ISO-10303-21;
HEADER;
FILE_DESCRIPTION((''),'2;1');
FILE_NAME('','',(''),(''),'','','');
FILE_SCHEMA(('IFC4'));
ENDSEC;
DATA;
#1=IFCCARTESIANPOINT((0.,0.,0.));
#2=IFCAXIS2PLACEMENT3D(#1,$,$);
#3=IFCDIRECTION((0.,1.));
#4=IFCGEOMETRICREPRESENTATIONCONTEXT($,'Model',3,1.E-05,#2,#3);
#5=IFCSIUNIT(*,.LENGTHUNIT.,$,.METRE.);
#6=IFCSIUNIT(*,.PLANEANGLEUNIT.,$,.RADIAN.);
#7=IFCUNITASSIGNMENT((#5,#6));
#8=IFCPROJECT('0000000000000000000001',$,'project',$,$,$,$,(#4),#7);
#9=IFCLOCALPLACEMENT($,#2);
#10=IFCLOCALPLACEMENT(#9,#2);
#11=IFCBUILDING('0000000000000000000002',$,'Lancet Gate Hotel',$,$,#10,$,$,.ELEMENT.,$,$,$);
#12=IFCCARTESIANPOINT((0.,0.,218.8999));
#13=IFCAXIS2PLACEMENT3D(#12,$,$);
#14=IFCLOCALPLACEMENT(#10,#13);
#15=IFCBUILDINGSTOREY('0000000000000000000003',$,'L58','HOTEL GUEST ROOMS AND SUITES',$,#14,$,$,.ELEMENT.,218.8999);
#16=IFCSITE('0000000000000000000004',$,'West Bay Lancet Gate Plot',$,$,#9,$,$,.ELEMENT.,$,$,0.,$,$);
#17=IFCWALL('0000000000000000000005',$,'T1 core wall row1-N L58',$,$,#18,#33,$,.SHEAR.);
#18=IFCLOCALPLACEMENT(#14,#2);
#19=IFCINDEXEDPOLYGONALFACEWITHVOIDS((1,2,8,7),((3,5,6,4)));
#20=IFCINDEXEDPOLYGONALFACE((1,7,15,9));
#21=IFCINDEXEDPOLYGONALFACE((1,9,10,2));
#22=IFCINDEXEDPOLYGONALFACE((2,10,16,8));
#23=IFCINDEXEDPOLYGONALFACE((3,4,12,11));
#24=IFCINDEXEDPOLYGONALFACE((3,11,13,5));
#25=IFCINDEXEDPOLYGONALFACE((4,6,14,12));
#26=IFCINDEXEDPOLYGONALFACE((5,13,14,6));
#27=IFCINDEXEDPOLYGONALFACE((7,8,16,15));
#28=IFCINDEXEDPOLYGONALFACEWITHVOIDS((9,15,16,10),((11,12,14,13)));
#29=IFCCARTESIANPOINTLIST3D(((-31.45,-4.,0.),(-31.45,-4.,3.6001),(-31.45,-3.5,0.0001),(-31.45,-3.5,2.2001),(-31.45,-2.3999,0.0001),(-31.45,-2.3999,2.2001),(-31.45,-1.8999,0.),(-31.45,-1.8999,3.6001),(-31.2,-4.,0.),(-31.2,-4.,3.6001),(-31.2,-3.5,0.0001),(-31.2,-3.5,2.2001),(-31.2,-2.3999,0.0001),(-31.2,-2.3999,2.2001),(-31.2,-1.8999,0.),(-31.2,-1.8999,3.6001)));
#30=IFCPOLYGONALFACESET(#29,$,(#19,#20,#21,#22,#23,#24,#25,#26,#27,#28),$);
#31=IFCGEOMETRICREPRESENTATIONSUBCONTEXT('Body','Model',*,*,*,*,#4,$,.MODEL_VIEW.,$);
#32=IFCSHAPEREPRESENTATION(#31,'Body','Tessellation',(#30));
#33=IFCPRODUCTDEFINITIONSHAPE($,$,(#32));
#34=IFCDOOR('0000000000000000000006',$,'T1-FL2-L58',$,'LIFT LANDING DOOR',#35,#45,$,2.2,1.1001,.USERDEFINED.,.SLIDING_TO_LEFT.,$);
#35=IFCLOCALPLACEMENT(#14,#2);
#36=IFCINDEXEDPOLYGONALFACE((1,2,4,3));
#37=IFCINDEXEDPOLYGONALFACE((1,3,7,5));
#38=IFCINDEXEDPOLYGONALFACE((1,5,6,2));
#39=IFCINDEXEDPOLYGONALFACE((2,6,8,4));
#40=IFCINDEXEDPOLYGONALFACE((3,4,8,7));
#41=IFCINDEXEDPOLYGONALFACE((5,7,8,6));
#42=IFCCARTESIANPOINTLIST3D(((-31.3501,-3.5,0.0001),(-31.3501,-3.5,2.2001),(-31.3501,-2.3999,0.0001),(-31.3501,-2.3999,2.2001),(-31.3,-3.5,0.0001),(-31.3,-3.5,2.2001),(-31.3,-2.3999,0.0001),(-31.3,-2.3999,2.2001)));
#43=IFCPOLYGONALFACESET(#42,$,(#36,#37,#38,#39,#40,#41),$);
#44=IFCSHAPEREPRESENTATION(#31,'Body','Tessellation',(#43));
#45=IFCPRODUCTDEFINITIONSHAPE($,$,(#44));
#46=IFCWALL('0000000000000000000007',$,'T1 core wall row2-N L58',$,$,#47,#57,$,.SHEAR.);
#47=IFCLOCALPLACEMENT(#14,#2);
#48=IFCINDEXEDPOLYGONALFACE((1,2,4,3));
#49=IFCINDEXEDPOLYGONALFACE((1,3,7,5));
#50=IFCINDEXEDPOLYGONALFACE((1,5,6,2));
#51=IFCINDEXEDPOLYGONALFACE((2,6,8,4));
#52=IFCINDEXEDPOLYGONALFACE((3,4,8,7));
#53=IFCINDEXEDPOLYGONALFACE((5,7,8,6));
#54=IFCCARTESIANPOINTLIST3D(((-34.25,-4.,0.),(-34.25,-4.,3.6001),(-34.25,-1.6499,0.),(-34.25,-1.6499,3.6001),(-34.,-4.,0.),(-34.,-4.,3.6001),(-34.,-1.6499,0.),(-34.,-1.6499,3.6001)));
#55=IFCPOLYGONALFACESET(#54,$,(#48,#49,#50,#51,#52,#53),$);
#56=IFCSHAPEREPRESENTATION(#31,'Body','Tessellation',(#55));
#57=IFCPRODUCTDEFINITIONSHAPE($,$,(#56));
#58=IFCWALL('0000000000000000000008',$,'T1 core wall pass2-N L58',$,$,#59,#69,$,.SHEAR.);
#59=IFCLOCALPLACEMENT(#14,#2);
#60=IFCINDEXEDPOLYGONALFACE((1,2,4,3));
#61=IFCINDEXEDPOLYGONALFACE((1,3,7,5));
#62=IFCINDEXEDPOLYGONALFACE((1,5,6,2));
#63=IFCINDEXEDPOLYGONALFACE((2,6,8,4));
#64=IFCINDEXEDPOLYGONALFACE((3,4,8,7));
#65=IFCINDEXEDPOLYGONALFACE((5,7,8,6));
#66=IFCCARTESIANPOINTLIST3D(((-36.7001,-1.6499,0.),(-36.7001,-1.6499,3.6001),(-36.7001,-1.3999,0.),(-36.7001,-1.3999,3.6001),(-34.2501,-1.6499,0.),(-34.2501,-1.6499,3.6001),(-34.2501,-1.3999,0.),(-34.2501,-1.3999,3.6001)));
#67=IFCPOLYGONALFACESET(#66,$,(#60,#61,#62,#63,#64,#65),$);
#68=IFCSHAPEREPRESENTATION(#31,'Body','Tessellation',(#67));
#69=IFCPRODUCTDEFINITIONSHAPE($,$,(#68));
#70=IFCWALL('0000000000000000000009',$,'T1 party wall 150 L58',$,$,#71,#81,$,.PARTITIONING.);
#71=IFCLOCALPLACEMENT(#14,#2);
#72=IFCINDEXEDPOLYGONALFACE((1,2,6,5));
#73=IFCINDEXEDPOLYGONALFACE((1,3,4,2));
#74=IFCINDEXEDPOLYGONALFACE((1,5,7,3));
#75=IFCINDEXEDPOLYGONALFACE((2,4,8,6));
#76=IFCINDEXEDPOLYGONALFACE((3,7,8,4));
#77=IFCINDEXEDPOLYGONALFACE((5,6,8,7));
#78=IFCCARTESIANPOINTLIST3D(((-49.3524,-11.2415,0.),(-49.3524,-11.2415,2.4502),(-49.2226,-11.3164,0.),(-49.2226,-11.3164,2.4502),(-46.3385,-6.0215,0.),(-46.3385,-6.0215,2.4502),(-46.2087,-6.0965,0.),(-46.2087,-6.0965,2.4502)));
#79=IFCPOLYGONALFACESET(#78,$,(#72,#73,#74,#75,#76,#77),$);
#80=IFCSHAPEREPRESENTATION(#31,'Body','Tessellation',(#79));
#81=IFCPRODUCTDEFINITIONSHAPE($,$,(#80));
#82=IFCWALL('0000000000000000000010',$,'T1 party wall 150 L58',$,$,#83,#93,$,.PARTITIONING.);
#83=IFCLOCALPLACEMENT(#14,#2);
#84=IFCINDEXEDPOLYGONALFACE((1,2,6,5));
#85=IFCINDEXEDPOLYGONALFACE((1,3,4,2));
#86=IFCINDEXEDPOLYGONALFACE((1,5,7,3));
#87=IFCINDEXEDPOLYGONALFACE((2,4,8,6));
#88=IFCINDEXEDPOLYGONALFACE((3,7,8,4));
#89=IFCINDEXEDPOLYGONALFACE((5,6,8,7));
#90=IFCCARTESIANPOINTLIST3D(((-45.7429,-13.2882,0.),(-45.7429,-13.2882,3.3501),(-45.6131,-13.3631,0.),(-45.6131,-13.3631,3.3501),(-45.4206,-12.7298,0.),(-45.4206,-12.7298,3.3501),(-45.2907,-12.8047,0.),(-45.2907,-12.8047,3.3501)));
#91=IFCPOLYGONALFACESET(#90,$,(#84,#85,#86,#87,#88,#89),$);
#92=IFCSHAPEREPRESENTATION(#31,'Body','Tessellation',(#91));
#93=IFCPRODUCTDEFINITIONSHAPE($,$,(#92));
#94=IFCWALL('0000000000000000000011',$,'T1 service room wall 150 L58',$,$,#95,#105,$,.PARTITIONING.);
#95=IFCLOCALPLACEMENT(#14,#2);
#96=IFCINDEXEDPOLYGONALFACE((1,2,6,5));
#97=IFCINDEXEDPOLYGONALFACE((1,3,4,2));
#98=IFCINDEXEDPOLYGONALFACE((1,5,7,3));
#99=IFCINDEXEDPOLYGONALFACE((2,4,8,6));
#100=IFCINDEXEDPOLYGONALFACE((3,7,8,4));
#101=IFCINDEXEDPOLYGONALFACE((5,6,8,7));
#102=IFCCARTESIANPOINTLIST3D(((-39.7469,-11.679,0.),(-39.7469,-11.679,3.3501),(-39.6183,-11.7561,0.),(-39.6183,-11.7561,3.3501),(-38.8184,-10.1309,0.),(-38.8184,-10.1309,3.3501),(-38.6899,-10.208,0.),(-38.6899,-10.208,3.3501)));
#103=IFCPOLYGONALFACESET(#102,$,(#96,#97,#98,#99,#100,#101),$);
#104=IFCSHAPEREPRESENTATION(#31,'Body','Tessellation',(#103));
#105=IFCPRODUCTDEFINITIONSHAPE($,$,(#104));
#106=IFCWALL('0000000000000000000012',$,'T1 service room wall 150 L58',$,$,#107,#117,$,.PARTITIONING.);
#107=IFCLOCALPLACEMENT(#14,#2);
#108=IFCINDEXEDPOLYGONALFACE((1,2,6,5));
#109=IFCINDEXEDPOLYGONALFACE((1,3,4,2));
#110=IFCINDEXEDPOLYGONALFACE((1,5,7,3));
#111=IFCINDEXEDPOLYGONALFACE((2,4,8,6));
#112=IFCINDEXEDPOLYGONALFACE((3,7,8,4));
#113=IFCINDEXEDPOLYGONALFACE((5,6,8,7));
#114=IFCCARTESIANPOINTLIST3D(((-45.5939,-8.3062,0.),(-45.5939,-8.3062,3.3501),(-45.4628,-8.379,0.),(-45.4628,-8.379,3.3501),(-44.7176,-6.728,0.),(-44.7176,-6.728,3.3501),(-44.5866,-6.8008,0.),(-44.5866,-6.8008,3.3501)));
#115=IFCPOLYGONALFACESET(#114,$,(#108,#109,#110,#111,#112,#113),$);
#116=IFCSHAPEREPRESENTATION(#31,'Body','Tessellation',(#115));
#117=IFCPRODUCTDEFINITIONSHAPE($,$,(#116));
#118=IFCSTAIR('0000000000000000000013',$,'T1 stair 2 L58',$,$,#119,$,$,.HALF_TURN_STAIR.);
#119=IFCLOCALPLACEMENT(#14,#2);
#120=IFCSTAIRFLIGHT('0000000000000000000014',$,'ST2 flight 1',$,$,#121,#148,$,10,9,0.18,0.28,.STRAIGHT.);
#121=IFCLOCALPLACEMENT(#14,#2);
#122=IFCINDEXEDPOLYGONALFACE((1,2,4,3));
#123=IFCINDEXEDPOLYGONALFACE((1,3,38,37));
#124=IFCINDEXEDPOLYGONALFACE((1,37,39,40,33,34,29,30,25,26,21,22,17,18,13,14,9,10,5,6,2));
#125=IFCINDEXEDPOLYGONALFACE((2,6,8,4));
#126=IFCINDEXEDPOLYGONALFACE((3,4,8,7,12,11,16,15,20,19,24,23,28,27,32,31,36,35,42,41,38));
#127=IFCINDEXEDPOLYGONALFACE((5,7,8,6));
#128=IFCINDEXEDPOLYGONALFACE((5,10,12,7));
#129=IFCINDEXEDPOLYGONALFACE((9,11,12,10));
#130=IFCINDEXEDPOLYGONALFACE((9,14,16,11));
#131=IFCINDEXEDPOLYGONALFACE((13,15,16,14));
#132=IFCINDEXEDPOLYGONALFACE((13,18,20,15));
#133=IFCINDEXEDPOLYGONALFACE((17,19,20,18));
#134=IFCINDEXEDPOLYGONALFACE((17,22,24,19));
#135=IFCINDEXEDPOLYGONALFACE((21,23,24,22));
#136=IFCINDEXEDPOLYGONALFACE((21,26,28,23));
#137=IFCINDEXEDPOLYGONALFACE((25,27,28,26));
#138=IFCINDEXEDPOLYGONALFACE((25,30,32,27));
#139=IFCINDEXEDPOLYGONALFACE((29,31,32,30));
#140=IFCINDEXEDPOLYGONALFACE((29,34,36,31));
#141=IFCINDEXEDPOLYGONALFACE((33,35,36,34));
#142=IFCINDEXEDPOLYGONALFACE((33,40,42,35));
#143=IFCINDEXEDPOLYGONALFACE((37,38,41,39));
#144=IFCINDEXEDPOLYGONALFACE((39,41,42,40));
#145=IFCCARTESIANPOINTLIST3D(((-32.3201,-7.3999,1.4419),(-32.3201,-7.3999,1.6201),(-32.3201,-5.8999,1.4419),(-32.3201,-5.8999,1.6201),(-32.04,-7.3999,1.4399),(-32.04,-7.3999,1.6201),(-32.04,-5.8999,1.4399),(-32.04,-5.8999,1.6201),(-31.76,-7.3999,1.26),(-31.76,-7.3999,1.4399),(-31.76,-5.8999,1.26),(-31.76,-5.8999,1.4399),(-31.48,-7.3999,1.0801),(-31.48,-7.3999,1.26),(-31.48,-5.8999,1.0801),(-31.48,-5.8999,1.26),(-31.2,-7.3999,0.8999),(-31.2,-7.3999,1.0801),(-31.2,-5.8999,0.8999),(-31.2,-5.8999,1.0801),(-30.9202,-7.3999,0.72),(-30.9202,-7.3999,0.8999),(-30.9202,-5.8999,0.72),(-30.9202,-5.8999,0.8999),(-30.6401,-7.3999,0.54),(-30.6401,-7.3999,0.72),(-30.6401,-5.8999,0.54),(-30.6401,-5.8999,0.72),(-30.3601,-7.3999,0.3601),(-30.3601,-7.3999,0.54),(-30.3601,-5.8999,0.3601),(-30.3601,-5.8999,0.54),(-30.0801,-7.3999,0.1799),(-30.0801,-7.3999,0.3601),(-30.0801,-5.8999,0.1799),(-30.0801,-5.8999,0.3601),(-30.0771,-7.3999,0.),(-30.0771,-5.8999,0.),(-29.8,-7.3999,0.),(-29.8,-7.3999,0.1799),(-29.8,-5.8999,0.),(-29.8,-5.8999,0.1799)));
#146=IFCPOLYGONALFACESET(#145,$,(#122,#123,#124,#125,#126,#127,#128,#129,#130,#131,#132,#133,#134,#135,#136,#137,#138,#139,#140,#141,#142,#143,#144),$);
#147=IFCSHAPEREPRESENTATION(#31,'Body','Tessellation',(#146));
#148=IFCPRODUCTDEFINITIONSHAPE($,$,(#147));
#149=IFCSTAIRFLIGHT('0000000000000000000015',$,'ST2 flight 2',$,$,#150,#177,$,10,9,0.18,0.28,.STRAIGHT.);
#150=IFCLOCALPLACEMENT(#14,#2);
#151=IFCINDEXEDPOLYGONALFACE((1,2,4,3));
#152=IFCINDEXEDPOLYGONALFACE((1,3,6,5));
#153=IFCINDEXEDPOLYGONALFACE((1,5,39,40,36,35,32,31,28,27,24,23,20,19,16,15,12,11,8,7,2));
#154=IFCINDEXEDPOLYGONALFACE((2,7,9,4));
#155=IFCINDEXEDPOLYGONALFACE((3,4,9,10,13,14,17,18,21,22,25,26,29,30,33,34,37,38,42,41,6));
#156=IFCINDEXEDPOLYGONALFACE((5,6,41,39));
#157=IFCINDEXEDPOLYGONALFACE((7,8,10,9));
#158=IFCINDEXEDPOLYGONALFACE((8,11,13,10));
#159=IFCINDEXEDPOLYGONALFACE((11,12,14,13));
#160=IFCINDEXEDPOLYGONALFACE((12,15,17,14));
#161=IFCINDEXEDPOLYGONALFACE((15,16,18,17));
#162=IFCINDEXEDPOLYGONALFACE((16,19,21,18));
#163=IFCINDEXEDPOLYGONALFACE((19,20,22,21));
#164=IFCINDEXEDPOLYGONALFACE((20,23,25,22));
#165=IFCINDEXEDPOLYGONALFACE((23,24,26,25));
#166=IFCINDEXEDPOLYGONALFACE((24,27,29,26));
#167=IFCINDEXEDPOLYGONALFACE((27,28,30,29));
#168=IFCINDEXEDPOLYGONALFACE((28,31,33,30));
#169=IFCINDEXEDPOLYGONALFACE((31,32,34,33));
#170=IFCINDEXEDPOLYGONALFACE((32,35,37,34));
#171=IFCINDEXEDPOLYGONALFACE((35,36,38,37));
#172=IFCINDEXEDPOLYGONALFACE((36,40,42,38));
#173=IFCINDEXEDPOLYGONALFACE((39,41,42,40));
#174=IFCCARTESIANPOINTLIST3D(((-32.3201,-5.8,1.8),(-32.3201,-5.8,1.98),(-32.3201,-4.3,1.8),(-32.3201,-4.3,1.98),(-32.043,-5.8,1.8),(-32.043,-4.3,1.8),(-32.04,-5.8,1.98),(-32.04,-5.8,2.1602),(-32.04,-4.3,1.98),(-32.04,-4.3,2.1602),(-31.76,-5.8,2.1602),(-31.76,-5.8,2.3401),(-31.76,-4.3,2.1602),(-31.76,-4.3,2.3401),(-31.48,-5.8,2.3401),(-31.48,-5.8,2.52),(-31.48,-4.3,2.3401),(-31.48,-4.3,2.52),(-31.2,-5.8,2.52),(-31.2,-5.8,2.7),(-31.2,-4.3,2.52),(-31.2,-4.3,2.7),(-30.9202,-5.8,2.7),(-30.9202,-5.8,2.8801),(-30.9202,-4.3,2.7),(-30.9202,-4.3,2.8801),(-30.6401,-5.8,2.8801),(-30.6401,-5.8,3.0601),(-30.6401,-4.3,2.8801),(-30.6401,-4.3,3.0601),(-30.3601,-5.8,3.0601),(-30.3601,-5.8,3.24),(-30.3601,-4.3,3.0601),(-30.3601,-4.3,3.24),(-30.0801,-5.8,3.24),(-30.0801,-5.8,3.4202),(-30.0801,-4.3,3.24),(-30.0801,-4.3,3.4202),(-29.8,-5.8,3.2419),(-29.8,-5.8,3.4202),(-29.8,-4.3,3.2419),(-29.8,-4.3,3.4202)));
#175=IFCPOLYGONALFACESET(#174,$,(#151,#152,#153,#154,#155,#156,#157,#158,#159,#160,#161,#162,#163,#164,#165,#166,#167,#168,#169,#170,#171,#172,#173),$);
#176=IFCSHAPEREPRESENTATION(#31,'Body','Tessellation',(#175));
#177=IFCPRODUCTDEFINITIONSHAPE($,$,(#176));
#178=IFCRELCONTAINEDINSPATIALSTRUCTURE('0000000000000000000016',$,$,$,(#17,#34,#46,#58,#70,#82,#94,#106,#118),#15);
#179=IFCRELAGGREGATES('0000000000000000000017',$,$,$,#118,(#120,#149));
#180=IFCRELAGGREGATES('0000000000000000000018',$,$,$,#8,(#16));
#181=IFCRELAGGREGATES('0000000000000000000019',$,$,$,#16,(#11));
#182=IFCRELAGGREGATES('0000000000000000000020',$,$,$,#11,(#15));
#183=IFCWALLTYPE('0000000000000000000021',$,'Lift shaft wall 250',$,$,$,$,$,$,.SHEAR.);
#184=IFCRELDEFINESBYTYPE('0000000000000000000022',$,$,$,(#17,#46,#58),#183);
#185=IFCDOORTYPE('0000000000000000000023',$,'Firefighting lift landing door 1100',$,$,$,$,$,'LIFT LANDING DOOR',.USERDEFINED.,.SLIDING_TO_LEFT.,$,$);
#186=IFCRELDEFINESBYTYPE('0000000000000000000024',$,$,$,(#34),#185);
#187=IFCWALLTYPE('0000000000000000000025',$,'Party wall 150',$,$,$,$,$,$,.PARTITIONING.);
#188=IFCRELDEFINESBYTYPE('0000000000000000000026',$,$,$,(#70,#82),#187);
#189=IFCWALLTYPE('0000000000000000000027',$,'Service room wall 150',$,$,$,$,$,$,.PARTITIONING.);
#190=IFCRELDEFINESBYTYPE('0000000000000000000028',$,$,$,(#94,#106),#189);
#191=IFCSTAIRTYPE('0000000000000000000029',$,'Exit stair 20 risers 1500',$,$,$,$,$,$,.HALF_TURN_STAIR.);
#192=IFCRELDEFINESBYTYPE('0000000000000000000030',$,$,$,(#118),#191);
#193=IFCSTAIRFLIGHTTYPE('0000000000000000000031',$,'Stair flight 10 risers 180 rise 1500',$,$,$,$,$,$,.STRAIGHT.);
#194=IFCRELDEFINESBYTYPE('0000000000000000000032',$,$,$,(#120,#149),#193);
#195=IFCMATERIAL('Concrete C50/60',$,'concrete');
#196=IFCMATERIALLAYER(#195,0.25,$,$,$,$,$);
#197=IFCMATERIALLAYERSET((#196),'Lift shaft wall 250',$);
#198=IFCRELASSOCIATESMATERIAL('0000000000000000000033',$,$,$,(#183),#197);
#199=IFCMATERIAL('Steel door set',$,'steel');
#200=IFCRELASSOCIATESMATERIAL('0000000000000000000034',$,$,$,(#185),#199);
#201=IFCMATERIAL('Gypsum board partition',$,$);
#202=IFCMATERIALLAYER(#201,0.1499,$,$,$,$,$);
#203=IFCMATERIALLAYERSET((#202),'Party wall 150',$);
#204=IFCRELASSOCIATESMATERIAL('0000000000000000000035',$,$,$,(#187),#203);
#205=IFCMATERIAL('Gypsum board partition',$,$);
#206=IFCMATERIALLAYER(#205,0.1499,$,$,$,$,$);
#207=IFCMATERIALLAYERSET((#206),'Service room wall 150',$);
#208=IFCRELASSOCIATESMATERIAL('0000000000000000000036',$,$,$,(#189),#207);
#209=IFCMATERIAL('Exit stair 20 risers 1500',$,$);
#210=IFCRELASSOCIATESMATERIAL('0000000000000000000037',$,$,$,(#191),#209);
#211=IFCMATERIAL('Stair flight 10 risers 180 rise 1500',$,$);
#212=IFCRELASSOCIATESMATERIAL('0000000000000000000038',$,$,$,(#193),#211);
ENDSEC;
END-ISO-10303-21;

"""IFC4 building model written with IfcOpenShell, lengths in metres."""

from ifc_helpers import new_model, si_unit, direction, frame, frame_2d, origin, place, context, subcontext, project, spatial, polyline, rectangle, outline, extrude, material, layer, layer_set, type_object, element, fill, aggregate, save


model = new_model("IFC4")

# Units and contexts
model_context = context("Model", 3, precision=1e-05, world=origin(), true_north=direction((0.0, 1.0)))
body_context = subcontext(model_context, "Body", "Model", "MODEL_VIEW")
ifc_project = project(units=[si_unit("LENGTHUNIT", "METRE"), si_unit("PLANEANGLEUNIT", "RADIAN")], contexts=[model_context])

# Site, building, storey
site_placement = place(None, origin())
site = spatial("IfcSite", under=ifc_project, at=site_placement, Name="West Bay Lancet Gate Plot", CompositionType="ELEMENT", RefElevation=0.0)
building_placement = place(site_placement, origin())
building = spatial("IfcBuilding", under=site, at=building_placement, Name="Lancet Gate Hotel", CompositionType="ELEMENT")
storey_placement = place(building_placement, frame((0.0, 0.0, 218.8999)))
storey = spatial("IfcBuildingStorey", under=building, at=storey_placement, Name="L58", Description="HOTEL GUEST ROOMS AND SUITES", CompositionType="ELEMENT", Elevation=218.8999)

# Wall, opening, door
ifc_material_1 = material(Name="Concrete C50/60", Category="concrete")
ifc_layer_1 = layer(ifc_material_1, 0.25)
ifc_layer_set_1 = layer_set([ifc_layer_1], Name="Lift shaft wall 250")
wall_type_1 = type_object("IfcWallType", Name="Lift shaft wall 250", PredefinedType="SHEAR", material=ifc_layer_set_1)
wall_1_placement = place(storey_placement, frame((-31.325, -1.8999, 0.0), z_axis=(0.0, 0.0, 1.0), x_axis=(0.0, -1.0, 0.0)))
wall_1 = element("IfcWall", 1, at=wall_1_placement, inside=storey, type_object=wall_type_1, Name="T1 core wall row1-N L58", PredefinedType="SHEAR", context=body_context, shape_type="SweptSolid", body=[
    extrude(rectangle(XDim=2.1001, YDim=0.25, at=frame_2d((1.05, 0.0))), origin(), (0.0, 0.0, 1.0), 3.6001),
])
opening_1_placement = place(wall_1_placement, frame((0.5, 0.0, 0.0)))
opening_1 = element("IfcOpeningElement", 2, at=opening_1_placement, cuts=wall_1, PredefinedType="OPENING", context=body_context, shape_type="SweptSolid", body=[
    extrude(rectangle(XDim=1.1001, YDim=2.2, at=frame_2d((0.55, 1.1001))), frame((0.0, 0.135, 0.0), z_axis=(0.0, -1.0, 0.0), x_axis=(1.0, 0.0, 0.0)), (0.0, 0.0, 1.0), 0.27),
])
ifc_material_2 = material(Name="Steel door set", Category="steel")
door_type_1 = type_object("IfcDoorType", Name="Firefighting lift landing door 1100", ElementType="LIFT LANDING DOOR", OperationType="SLIDING_TO_LEFT", PredefinedType="USERDEFINED", material=ifc_material_2)
door_1_placement = place(opening_1_placement, origin())
door_1 = element("IfcDoor", 3, at=door_1_placement, inside=storey, type_object=door_type_1, Name="T1-FL2-L58", ObjectType="LIFT LANDING DOOR", OperationType="SLIDING_TO_LEFT", OverallHeight=2.2, OverallWidth=1.1001, PredefinedType="USERDEFINED", context=body_context, shape_type="SweptSolid", body=[
    extrude(rectangle(XDim=1.1001, YDim=2.2, at=frame_2d((0.55, 1.1001))), frame((0.0, 0.0249, 0.0), z_axis=(0.0, -1.0, 0.0), x_axis=(1.0, 0.0, 0.0)), (0.0, 0.0, 1.0), 0.05),
])
fill(opening_1, door_1)

# Walls
wall_2_placement = place(storey_placement, frame((-34.125, -1.6499, 0.0), z_axis=(0.0, 0.0, 1.0), x_axis=(0.0, -1.0, 0.0)))
element("IfcWall", 4, at=wall_2_placement, inside=storey, type_object=wall_type_1, Name="T1 core wall row2-N L58", PredefinedType="SHEAR", context=body_context, shape_type="SweptSolid", body=[
    extrude(rectangle(XDim=2.3501, YDim=0.25, at=frame_2d((1.175, 0.0))), origin(), (0.0, 0.0, 1.0), 3.6001),
])
wall_3_placement = place(storey_placement, frame((-34.25, -1.5249, 0.0), z_axis=(0.0, 0.0, 1.0), x_axis=(-1.0, 0.0, 0.0)))
element("IfcWall", 5, at=wall_3_placement, inside=storey, type_object=wall_type_1, Name="T1 core wall pass2-N L58", PredefinedType="SHEAR", context=body_context, shape_type="SweptSolid", body=[
    extrude(rectangle(XDim=2.45, YDim=0.25, at=frame_2d((1.2251, 0.0))), origin(), (0.0, 0.0, 1.0), 3.6001),
])
ifc_material_3 = material(Name="Gypsum board partition")
ifc_layer_2 = layer(ifc_material_3, 0.1499)
ifc_layer_set_2 = layer_set([ifc_layer_2], Name="Party wall 150")
wall_type_2 = type_object("IfcWallType", Name="Party wall 150", PredefinedType="PARTITIONING", material=ifc_layer_set_2)
wall_4_placement = place(storey_placement, frame((-46.2737, -6.0591, 0.0), z_axis=(0.0, 0.0, 1.0), x_axis=(-0.50002, -0.866014, 0.0)))
element("IfcWall", 6, at=wall_4_placement, inside=storey, type_object=wall_type_2, Name="T1 party wall 150 L58", PredefinedType="PARTITIONING", context=body_context, shape_type="SweptSolid", body=[
    extrude(rectangle(XDim=6.0276, YDim=0.1499, at=frame_2d((3.0137, 0.0))), origin(), (0.0, 0.0, 1.0), 2.4502),
])
wall_5_placement = place(storey_placement, frame((-45.3557, -12.7673, 0.0), z_axis=(0.0, 0.0, 1.0), x_axis=(-0.499886, -0.866091, 0.0)))
element("IfcWall", 7, at=wall_5_placement, inside=storey, type_object=wall_type_2, Name="T1 party wall 150 L58", PredefinedType="PARTITIONING", context=body_context, shape_type="SweptSolid", body=[
    extrude(rectangle(XDim=0.6448, YDim=0.1499, at=frame_2d((0.3223, 0.0))), origin(), (0.0, 0.0, 1.0), 3.3501),
])
ifc_material_4 = material(Name="Gypsum board partition")
ifc_layer_3 = layer(ifc_material_4, 0.1499)
ifc_layer_set_3 = layer_set([ifc_layer_3], Name="Service room wall 150")
wall_type_3 = type_object("IfcWallType", Name="Service room wall 150", PredefinedType="PARTITIONING", material=ifc_layer_set_3)
for number, where, z_axis, x_axis, name in (
    (8, (-39.6826, -11.7175, 0.0), (0.0, 0.0, 1.0), (0.514337, 0.857588, 0.0), "T1 service room wall 150 L58"),
    (9, (-44.6521, -6.7644, 0.0), (0.0, 0.0, 1.0), (-0.485425, -0.874278, 0.0), "T1 service room wall 150 L58"),
):
    element("IfcWall", number, at=place(storey_placement, frame(where, z_axis=z_axis, x_axis=x_axis)), inside=storey, type_object=wall_type_3, Name=name, PredefinedType="PARTITIONING", context=body_context, shape_type="SweptSolid", body=[
        extrude(rectangle(XDim=1.8052, YDim=0.1499, at=frame_2d((0.9026, 0.0))), origin(), (0.0, 0.0, 1.0), 3.3501),
    ])

# Stair, stair flights
ifc_material_5 = material(Name="Exit stair 20 risers 1500")
stair_type = type_object("IfcStairType", Name="Exit stair 20 risers 1500", PredefinedType="HALF_TURN_STAIR", material=ifc_material_5)
stair_placement = place(storey_placement, origin())
stair = element("IfcStair", 10, at=stair_placement, inside=storey, type_object=stair_type, Name="T1 stair 2 L58", PredefinedType="HALF_TURN_STAIR")
ifc_material_6 = material(Name="Stair flight 10 risers 180 rise 1500")
stair_flight_type = type_object("IfcStairFlightType", Name="Stair flight 10 risers 180 rise 1500", PredefinedType="STRAIGHT", material=ifc_material_6)
stair_flight_1_placement = place(storey_placement, frame((-29.8, -6.6499, 0.0), z_axis=(0.0, 0.0, 1.0), x_axis=(-1.0, 0.0, 0.0)))
stair_flight_1 = element("IfcStairFlight", 11, at=stair_flight_1_placement, type_object=stair_flight_type, Name="ST2 flight 1", NumberOfRisers=10, NumberOfTreads=9, PredefinedType="STRAIGHT", RiserHeight=0.18, TreadLength=0.28, context=body_context, shape_type="SweptSolid", body=[
    extrude(outline(polyline([(0.0, 0.0), (0.0, 0.1799), (0.28, 0.1799), (0.28, 0.3601), (0.5601, 0.3601), (0.5601, 0.54), (0.8401, 0.54), (0.8401, 0.72), (1.1201, 0.72), (1.1201, 0.8999), (1.3999, 0.8999), (1.3999, 1.0801), (1.6799, 1.0801), (1.6799, 1.26), (1.96, 1.26), (1.96, 1.4399), (2.24, 1.4399), (2.24, 1.6201), (2.52, 1.6201), (2.52, 1.8), (2.52, 1.4419), (0.2771, 0.0), (0.0, 0.0)])), frame((0.0, 0.75, 0.0), z_axis=(0.0, -1.0, 0.0), x_axis=(1.0, 0.0, 0.0)), (0.0, 0.0, 1.0), 1.5),
])
stair_flight_2_placement = place(storey_placement, frame((-32.3201, -5.05, 1.8), z_axis=(0.0, 0.0, 1.0), x_axis=(1.0, 0.0, 0.0)))
stair_flight_2 = element("IfcStairFlight", 12, at=stair_flight_2_placement, type_object=stair_flight_type, Name="ST2 flight 2", NumberOfRisers=10, NumberOfTreads=9, PredefinedType="STRAIGHT", RiserHeight=0.18, TreadLength=0.28, context=body_context, shape_type="SweptSolid", body=[
    extrude(outline(polyline([(0.0, 0.0), (0.0, 0.1799), (0.28, 0.1799), (0.28, 0.3601), (0.5601, 0.3601), (0.5601, 0.54), (0.8401, 0.54), (0.8401, 0.72), (1.1201, 0.72), (1.1201, 0.8999), (1.3999, 0.8999), (1.3999, 1.0801), (1.6799, 1.0801), (1.6799, 1.26), (1.96, 1.26), (1.96, 1.4399), (2.24, 1.4399), (2.24, 1.6201), (2.52, 1.6201), (2.52, 1.8), (2.52, 1.4419), (0.2771, 0.0), (0.0, 0.0)])), frame((0.0, 0.75, 0.0), z_axis=(0.0, -1.0, 0.0), x_axis=(1.0, 0.0, 0.0)), (0.0, 0.0, 1.0), 1.5),
])
aggregate(stair, [stair_flight_1, stair_flight_2])

save(model, "model.ifc")
